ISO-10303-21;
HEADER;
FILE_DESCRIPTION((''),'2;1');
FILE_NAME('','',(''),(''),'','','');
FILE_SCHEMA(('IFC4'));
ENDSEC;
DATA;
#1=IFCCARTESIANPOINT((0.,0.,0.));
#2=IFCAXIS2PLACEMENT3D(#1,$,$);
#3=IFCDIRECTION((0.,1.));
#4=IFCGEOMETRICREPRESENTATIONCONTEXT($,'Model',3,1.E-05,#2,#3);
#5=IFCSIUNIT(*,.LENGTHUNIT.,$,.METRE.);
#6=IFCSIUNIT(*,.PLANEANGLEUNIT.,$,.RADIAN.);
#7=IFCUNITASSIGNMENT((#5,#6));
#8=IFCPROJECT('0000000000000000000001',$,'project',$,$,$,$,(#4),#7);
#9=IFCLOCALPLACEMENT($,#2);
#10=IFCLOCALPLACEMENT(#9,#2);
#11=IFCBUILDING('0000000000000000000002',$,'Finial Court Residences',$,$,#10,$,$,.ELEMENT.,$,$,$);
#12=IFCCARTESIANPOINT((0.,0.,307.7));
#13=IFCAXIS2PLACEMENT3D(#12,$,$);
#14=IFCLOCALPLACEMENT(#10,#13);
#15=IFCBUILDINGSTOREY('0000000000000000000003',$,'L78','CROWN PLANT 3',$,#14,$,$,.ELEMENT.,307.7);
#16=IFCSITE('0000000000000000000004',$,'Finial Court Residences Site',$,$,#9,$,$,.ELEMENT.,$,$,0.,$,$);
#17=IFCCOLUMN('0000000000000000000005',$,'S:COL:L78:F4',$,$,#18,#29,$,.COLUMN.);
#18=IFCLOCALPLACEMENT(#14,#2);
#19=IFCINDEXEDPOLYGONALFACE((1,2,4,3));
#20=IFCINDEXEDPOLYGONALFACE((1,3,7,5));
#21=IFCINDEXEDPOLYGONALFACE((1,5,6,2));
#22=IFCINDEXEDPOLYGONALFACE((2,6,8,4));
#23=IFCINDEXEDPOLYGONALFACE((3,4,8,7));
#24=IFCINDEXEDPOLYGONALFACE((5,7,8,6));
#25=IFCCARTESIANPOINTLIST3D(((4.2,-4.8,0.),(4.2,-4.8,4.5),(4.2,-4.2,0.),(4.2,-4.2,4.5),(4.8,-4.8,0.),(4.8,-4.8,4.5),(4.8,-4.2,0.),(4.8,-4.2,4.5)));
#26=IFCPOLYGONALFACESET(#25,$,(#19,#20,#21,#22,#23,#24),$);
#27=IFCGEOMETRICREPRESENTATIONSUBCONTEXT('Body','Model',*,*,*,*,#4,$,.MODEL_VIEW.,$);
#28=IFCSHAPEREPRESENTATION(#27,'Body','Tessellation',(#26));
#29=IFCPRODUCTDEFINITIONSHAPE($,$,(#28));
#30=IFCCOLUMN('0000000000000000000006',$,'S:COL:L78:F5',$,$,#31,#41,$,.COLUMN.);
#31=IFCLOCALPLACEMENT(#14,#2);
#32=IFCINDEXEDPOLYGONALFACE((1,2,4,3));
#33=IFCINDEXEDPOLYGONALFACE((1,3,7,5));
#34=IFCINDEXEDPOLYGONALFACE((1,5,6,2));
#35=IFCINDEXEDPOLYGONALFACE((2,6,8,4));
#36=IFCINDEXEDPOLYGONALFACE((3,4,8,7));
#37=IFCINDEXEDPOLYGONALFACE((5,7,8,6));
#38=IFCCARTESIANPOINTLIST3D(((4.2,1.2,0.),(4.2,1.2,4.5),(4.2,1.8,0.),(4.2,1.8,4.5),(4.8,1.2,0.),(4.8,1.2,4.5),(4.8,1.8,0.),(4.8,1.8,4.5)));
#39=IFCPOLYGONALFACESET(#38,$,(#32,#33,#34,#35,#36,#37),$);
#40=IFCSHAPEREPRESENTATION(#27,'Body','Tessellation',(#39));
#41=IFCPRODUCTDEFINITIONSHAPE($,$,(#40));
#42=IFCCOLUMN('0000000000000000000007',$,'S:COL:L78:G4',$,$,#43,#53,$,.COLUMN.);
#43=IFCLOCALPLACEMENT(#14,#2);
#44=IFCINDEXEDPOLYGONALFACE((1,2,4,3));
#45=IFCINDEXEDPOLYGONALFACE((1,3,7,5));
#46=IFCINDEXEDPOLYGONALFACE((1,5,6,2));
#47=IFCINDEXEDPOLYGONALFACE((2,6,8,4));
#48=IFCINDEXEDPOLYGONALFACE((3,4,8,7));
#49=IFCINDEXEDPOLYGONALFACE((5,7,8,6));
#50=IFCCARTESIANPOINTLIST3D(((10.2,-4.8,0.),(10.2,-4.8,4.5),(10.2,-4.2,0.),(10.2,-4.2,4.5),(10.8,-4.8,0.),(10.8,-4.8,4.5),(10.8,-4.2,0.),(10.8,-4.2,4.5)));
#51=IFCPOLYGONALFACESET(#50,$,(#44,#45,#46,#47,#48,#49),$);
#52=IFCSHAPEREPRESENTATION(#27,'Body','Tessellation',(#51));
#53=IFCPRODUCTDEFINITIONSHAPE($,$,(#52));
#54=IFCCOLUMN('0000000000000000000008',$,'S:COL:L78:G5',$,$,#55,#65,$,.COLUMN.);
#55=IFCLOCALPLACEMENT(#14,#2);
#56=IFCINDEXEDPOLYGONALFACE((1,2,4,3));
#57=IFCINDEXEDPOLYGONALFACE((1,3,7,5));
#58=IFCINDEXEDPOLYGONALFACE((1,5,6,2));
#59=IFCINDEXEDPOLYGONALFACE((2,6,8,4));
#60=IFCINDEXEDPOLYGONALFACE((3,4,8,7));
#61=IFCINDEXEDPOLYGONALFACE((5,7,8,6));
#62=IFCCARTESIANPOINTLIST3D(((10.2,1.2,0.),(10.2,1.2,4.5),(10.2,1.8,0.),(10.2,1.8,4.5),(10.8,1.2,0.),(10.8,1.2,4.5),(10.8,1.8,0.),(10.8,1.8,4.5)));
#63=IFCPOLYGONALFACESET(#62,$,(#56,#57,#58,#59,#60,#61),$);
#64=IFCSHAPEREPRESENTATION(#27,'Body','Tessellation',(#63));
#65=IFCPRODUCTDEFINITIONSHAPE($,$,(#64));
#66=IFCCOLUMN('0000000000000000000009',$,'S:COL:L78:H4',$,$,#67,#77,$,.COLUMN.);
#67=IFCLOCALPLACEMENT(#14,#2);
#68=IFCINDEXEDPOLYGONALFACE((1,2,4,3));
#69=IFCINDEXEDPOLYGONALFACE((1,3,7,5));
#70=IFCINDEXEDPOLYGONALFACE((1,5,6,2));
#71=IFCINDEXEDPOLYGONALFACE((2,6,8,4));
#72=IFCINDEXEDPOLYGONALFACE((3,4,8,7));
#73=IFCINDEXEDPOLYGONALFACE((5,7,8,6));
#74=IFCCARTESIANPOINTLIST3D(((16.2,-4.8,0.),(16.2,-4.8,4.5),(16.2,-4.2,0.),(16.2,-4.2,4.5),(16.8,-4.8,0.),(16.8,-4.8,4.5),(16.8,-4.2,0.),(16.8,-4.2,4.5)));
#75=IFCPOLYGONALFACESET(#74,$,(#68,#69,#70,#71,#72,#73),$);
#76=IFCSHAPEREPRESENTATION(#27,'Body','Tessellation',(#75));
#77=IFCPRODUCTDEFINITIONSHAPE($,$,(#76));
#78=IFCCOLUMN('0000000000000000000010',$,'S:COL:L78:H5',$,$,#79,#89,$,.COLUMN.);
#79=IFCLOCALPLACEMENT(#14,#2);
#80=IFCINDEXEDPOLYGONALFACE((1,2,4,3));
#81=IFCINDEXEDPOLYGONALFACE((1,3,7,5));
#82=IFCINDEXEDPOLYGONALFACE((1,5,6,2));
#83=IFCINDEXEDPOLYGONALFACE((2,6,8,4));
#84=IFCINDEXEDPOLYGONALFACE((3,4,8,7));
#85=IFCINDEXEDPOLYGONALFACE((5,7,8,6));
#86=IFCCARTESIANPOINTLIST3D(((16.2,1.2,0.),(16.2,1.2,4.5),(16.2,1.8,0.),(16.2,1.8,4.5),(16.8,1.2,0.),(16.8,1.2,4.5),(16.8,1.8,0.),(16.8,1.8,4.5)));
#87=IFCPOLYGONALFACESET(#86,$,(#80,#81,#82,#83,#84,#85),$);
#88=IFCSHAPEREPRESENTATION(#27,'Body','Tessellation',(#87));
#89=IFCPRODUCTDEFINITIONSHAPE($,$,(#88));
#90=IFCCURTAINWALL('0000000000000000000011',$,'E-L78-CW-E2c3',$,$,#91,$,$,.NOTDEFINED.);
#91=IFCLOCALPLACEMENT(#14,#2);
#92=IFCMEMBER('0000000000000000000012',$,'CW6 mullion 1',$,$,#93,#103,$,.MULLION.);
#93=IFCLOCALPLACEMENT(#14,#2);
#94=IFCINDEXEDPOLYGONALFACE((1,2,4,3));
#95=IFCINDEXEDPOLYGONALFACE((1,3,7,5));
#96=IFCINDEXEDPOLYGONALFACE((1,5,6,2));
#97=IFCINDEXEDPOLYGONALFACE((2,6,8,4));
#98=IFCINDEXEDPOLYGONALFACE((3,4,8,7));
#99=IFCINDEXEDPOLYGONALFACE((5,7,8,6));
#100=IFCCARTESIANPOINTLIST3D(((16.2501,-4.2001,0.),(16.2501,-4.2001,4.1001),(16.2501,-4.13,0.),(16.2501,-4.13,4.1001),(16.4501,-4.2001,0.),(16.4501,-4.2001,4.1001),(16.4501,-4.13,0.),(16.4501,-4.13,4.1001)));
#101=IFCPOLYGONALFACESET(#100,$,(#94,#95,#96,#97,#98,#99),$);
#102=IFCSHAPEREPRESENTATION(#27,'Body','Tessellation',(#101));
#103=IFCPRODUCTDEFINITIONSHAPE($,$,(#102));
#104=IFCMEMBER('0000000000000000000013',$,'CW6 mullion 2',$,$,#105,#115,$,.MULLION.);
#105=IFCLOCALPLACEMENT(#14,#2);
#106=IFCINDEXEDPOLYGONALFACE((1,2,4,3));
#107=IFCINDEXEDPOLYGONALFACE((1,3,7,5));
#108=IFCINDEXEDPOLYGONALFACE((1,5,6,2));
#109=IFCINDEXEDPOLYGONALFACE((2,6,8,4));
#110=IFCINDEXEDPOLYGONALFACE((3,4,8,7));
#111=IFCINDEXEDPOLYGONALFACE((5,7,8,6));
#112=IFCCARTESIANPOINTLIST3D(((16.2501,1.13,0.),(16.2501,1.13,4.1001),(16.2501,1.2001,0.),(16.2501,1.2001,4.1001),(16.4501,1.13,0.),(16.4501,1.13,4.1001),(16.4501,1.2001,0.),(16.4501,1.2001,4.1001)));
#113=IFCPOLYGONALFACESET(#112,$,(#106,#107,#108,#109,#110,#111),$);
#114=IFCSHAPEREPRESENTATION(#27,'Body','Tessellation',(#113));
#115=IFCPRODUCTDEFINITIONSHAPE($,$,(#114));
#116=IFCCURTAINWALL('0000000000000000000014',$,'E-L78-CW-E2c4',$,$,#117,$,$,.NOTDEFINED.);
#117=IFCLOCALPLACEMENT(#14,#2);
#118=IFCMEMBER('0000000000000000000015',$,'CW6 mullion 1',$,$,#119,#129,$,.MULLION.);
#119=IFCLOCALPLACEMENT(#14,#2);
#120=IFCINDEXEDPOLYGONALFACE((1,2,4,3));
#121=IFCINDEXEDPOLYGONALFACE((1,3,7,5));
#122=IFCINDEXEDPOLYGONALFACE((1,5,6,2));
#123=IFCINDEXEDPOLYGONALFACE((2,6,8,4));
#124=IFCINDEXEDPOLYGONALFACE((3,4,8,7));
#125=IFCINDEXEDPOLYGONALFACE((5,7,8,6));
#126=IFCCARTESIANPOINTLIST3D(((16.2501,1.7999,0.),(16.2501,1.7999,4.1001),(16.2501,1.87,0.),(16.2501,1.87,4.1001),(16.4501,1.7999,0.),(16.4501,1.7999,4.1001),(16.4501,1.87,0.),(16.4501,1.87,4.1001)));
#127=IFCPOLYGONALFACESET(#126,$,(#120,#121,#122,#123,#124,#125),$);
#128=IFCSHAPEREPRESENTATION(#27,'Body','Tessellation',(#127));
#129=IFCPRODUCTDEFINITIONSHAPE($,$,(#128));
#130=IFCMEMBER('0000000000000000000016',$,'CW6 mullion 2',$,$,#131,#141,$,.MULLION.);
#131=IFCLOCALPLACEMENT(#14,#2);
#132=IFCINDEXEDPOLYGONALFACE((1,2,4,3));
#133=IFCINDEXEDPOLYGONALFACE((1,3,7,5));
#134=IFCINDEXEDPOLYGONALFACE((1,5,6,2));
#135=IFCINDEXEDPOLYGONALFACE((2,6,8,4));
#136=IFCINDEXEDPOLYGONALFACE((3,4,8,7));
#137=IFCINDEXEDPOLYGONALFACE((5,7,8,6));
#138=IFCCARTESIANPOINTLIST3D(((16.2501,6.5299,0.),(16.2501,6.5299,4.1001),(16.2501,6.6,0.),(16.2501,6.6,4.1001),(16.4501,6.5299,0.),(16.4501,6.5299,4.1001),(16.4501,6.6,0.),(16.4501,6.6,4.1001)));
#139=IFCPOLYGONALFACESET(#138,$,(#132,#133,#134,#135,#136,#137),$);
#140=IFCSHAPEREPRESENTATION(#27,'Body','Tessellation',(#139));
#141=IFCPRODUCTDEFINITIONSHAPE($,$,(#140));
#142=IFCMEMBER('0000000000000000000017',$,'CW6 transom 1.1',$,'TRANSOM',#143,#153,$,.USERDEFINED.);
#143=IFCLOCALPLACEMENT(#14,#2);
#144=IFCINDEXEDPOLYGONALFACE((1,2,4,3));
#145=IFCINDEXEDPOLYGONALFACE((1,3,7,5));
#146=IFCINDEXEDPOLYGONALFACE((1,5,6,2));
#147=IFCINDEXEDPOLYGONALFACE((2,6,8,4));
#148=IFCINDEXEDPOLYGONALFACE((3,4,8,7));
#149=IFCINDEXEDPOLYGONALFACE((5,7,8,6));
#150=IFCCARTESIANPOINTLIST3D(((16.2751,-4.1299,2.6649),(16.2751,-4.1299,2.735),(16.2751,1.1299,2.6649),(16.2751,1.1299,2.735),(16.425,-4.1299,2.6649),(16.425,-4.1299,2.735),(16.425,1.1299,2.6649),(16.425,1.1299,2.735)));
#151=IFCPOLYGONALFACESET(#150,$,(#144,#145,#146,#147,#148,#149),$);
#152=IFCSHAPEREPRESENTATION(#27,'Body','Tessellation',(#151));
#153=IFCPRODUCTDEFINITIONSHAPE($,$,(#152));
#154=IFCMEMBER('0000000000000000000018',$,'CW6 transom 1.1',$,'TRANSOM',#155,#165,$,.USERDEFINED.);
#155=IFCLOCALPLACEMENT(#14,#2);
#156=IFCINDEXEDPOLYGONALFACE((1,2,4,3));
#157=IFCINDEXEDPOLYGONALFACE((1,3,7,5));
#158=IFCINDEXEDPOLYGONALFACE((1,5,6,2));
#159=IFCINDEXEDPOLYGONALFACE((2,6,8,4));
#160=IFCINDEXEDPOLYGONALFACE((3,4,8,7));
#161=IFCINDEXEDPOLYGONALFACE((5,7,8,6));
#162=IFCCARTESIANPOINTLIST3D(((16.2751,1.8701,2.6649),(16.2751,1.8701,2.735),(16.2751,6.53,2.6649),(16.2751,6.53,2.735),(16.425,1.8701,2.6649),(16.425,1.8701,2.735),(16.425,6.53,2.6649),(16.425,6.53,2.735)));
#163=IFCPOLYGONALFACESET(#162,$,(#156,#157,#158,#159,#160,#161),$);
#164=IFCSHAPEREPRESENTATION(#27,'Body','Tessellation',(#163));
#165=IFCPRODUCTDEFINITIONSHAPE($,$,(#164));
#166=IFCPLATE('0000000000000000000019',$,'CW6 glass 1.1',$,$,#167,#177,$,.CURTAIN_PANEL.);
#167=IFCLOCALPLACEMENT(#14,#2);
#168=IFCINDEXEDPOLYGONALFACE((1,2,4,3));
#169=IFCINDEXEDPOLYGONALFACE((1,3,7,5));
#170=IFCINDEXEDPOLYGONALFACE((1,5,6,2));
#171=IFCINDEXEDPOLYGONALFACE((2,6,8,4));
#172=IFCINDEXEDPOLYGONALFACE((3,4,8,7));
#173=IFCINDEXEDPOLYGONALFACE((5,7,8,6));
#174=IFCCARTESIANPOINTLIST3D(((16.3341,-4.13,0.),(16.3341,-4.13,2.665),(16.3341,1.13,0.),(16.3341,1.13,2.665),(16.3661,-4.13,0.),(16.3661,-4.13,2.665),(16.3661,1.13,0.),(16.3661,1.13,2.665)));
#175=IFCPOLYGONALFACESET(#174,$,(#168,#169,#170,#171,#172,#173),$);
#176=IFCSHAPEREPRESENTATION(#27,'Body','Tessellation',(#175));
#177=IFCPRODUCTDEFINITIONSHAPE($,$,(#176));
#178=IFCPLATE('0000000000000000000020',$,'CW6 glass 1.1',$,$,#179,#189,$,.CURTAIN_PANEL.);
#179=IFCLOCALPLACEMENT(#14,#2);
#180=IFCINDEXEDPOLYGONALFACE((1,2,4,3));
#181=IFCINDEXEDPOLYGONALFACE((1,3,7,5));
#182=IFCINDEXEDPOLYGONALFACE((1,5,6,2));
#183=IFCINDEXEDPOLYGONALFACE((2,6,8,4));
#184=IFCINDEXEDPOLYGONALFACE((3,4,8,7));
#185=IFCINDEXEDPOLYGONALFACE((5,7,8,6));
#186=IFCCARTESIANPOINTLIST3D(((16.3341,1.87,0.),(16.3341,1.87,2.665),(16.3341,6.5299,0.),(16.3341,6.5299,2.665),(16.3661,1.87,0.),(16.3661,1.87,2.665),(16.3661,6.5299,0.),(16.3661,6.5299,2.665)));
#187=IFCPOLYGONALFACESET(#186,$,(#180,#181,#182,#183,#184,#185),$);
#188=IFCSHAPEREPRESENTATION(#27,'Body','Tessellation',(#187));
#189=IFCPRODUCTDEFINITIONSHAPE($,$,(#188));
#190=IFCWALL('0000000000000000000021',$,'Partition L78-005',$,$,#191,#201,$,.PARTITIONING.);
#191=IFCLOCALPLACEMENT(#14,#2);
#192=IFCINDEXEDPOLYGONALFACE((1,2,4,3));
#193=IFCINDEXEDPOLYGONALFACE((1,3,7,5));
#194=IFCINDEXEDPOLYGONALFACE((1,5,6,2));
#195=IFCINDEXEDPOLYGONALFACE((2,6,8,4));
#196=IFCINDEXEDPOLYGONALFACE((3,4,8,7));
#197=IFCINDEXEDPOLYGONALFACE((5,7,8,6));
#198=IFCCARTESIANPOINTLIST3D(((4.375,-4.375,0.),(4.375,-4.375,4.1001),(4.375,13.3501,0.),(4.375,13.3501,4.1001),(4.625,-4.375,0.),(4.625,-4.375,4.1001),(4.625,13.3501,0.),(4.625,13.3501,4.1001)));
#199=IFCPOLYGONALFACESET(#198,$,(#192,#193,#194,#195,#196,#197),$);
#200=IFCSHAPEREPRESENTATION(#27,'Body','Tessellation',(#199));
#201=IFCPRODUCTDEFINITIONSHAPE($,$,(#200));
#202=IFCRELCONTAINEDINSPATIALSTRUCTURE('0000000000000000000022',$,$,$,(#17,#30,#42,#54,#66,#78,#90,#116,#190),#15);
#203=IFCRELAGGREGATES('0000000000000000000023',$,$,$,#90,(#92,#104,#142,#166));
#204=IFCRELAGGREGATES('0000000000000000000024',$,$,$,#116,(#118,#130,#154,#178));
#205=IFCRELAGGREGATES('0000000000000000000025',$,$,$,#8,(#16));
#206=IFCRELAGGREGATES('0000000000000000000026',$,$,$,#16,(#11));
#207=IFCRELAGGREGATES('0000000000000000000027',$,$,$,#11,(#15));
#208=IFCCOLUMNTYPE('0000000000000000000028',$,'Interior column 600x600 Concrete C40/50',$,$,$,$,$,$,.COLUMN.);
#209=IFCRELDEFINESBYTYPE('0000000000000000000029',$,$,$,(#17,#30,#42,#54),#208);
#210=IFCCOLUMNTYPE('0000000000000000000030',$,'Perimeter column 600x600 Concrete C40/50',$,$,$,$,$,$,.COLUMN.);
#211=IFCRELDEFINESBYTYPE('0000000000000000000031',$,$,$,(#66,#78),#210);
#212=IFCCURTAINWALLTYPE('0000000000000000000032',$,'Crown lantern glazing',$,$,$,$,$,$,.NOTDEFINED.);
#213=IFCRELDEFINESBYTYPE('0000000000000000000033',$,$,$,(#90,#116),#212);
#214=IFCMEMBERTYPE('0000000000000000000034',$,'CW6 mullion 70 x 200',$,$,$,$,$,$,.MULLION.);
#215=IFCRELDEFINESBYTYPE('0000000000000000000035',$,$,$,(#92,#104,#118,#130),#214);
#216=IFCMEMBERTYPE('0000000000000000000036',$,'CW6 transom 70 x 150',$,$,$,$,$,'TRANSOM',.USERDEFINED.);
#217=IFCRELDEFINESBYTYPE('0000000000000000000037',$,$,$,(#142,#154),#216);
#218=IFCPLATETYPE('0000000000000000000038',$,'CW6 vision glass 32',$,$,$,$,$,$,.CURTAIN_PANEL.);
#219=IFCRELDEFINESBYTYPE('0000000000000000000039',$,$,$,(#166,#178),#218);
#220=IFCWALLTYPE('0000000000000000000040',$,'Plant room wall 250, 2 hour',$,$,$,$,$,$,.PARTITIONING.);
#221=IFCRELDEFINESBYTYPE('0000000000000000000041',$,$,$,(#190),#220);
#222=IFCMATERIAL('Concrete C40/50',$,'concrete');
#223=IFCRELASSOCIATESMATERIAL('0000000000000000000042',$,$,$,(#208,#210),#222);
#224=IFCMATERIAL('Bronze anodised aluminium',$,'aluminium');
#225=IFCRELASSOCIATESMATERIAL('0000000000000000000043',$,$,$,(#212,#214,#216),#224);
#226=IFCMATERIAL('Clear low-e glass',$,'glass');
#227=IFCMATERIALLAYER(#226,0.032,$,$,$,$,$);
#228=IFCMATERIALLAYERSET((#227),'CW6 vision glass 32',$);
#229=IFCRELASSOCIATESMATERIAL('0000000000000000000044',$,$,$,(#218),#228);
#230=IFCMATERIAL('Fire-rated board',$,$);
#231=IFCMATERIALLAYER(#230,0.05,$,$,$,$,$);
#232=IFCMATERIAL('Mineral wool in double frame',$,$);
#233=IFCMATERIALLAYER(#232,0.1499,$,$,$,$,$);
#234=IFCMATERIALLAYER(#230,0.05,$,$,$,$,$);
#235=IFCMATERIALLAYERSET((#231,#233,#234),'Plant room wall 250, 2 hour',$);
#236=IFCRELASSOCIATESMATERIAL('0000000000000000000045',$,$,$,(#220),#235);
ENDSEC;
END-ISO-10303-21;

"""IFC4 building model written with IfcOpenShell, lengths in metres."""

from ifc_helpers import new_model, si_unit, direction, frame, frame_2d, origin, origin_2d, place, context, subcontext, project, spatial, rectangle, extrude, material, layer, layer_set, material_profile, profile_set, type_object, element, aggregate, save


model = new_model("IFC4")

# Units and contexts
model_context = context("Model", 3, precision=1e-05, world=origin(), true_north=direction((0.0, 1.0)))
body_context = subcontext(model_context, "Body", "Model", "MODEL_VIEW")
ifc_project = project(units=[si_unit("LENGTHUNIT", "METRE"), si_unit("PLANEANGLEUNIT", "RADIAN")], contexts=[model_context])

# Site, building, storey
site_placement = place(None, origin())
site = spatial("IfcSite", under=ifc_project, at=site_placement, Name="Finial Court Residences Site", CompositionType="ELEMENT", RefElevation=0.0)
building_placement = place(site_placement, origin())
building = spatial("IfcBuilding", under=site, at=building_placement, Name="Finial Court Residences", CompositionType="ELEMENT")
storey_placement = place(building_placement, frame((0.0, 0.0, 307.7)))
storey = spatial("IfcBuildingStorey", under=building, at=storey_placement, Name="L78", Description="CROWN PLANT 3", CompositionType="ELEMENT", Elevation=307.7)

# Columns
ifc_material_1 = material(Name="Concrete C40/50", Category="concrete")
ifc_material_profile_1 = material_profile(ifc_material_1, rectangle(XDim=0.6001, YDim=0.6001, at=origin_2d()), Name="600x600")
ifc_profile_set_1 = profile_set([ifc_material_profile_1], Name="Concrete C40/50")
column_type_1 = type_object("IfcColumnType", Name="Interior column 600x600 Concrete C40/50", PredefinedType="COLUMN", material=ifc_profile_set_1)
for number, where, z_axis, x_axis, name in (
    (1, (4.5, -4.5, 0.0), (0.0, 0.0, 1.0), (1.0, 0.0, 0.0), "S:COL:L78:F4"),
    (2, (4.5, 1.5, 0.0), (0.0, 0.0, 1.0), (1.0, 0.0, 0.0), "S:COL:L78:F5"),
    (3, (10.5, -4.5, 0.0), (0.0, 0.0, 1.0), (1.0, 0.0, 0.0), "S:COL:L78:G4"),
    (4, (10.5, 1.5, 0.0), (0.0, 0.0, 1.0), (1.0, 0.0, 0.0), "S:COL:L78:G5"),
):
    element("IfcColumn", number, at=place(storey_placement, frame(where, z_axis=z_axis, x_axis=x_axis)), inside=storey, type_object=column_type_1, Name=name, PredefinedType="COLUMN", context=body_context, shape_type="SweptSolid", body=[
        extrude(rectangle(XDim=0.6001, YDim=0.6001, at=origin_2d()), origin(), (0.0, 0.0, 1.0), 4.5),
    ])
ifc_material_profile_2 = material_profile(ifc_material_1, rectangle(XDim=0.6001, YDim=0.6001, at=origin_2d()), Name="600x600")
ifc_profile_set_2 = profile_set([ifc_material_profile_2], Name="Concrete C40/50")
column_type_2 = type_object("IfcColumnType", Name="Perimeter column 600x600 Concrete C40/50", PredefinedType="COLUMN", material=ifc_profile_set_2)
for number, where, z_axis, x_axis, name in (
    (5, (16.5, -4.5, 0.0), (0.0, 0.0, 1.0), (1.0, 0.0, 0.0), "S:COL:L78:H4"),
    (6, (16.5, 1.5, 0.0), (0.0, 0.0, 1.0), (1.0, 0.0, 0.0), "S:COL:L78:H5"),
):
    element("IfcColumn", number, at=place(storey_placement, frame(where, z_axis=z_axis, x_axis=x_axis)), inside=storey, type_object=column_type_2, Name=name, PredefinedType="COLUMN", context=body_context, shape_type="SweptSolid", body=[
        extrude(rectangle(XDim=0.6001, YDim=0.6001, at=origin_2d()), origin(), (0.0, 0.0, 1.0), 4.5),
    ])

# Curtain walls, members
ifc_material_2 = material(Name="Bronze anodised aluminium", Category="aluminium")
curtain_wall_type = type_object("IfcCurtainWallType", Name="Crown lantern glazing", PredefinedType="NOTDEFINED", material=ifc_material_2)
curtain_wall_1_placement = place(storey_placement, origin())
curtain_wall_1 = element("IfcCurtainWall", 7, at=curtain_wall_1_placement, inside=storey, type_object=curtain_wall_type, Name="E-L78-CW-E2c3", PredefinedType="NOTDEFINED")
ifc_material_profile_3 = material_profile(ifc_material_2, rectangle(XDim=0.2, YDim=0.0701, at=origin_2d()), Name="CW6 mullion 70 x 200")
ifc_profile_set_3 = profile_set([ifc_material_profile_3], Name="Bronze anodised aluminium")
member_type_1 = type_object("IfcMemberType", Name="CW6 mullion 70 x 200", PredefinedType="MULLION", material=ifc_profile_set_3)
member_1_placement = place(storey_placement, frame((16.3501, -4.165, 0.0), z_axis=(0.0, 0.0, 1.0), x_axis=(-1.0, 0.0, 0.0)))
member_1 = element("IfcMember", 8, at=member_1_placement, type_object=member_type_1, Name="CW6 mullion 1", PredefinedType="MULLION", context=body_context, shape_type="SweptSolid", body=[
    extrude(rectangle(XDim=0.2, YDim=0.0701, at=origin_2d()), origin(), (0.0, 0.0, 1.0), 4.1001),
])
member_2_placement = place(storey_placement, frame((16.3501, 1.165, 0.0), z_axis=(0.0, 0.0, 1.0), x_axis=(-1.0, 0.0, 0.0)))
member_2 = element("IfcMember", 9, at=member_2_placement, type_object=member_type_1, Name="CW6 mullion 2", PredefinedType="MULLION", context=body_context, shape_type="SweptSolid", body=[
    extrude(rectangle(XDim=0.2, YDim=0.0701, at=origin_2d()), origin(), (0.0, 0.0, 1.0), 4.1001),
])
curtain_wall_2_placement = place(storey_placement, origin())
curtain_wall_2 = element("IfcCurtainWall", 10, at=curtain_wall_2_placement, inside=storey, type_object=curtain_wall_type, Name="E-L78-CW-E2c4", PredefinedType="NOTDEFINED")
member_3_placement = place(storey_placement, frame((16.3501, 1.835, 0.0), z_axis=(0.0, 0.0, 1.0), x_axis=(-1.0, 0.0, 0.0)))
member_3 = element("IfcMember", 11, at=member_3_placement, type_object=member_type_1, Name="CW6 mullion 1", PredefinedType="MULLION", context=body_context, shape_type="SweptSolid", body=[
    extrude(rectangle(XDim=0.2, YDim=0.0701, at=origin_2d()), origin(), (0.0, 0.0, 1.0), 4.1001),
])
member_4_placement = place(storey_placement, frame((16.3501, 6.5649, 0.0), z_axis=(0.0, 0.0, 1.0), x_axis=(-1.0, 0.0, 0.0)))
member_4 = element("IfcMember", 12, at=member_4_placement, type_object=member_type_1, Name="CW6 mullion 2", PredefinedType="MULLION", context=body_context, shape_type="SweptSolid", body=[
    extrude(rectangle(XDim=0.2, YDim=0.0701, at=origin_2d()), origin(), (0.0, 0.0, 1.0), 4.1001),
])

# Members
ifc_material_profile_4 = material_profile(ifc_material_2, rectangle(XDim=0.1499, YDim=0.0701, at=origin_2d()), Name="CW6 transom 70 x 150")
ifc_profile_set_4 = profile_set([ifc_material_profile_4], Name="Bronze anodised aluminium")
member_type_2 = type_object("IfcMemberType", Name="CW6 transom 70 x 150", ElementType="TRANSOM", PredefinedType="USERDEFINED", material=ifc_profile_set_4)
member_5_placement = place(storey_placement, frame((16.3501, -4.1299, 2.7), z_axis=(0.0, 1.0, 0.0), x_axis=(-1.0, 0.0, 0.0)))
member_5 = element("IfcMember", 13, at=member_5_placement, type_object=member_type_2, Name="CW6 transom 1.1", ObjectType="TRANSOM", PredefinedType="USERDEFINED", context=body_context, shape_type="SweptSolid", body=[
    extrude(rectangle(XDim=0.1499, YDim=0.0701, at=origin_2d()), origin(), (0.0, 0.0, 1.0), 5.2598),
])
member_6_placement = place(storey_placement, frame((16.3501, 1.8701, 2.7), z_axis=(0.0, 1.0, 0.0), x_axis=(-1.0, 0.0, 0.0)))
member_6 = element("IfcMember", 14, at=member_6_placement, type_object=member_type_2, Name="CW6 transom 1.1", ObjectType="TRANSOM", PredefinedType="USERDEFINED", context=body_context, shape_type="SweptSolid", body=[
    extrude(rectangle(XDim=0.1499, YDim=0.0701, at=origin_2d()), origin(), (0.0, 0.0, 1.0), 4.6599),
])

# Plates
ifc_material_3 = material(Name="Clear low-e glass", Category="glass")
ifc_layer_1 = layer(ifc_material_3, 0.032)
ifc_layer_set_1 = layer_set([ifc_layer_1], Name="CW6 vision glass 32")
plate_type = type_object("IfcPlateType", Name="CW6 vision glass 32", PredefinedType="CURTAIN_PANEL", material=ifc_layer_set_1)
plate_1_placement = place(storey_placement, frame((16.3501, -1.5, 0.0), z_axis=(0.0, 0.0, 1.0), x_axis=(0.0, 1.0, 0.0)))
plate_1 = element("IfcPlate", 15, at=plate_1_placement, type_object=plate_type, Name="CW6 glass 1.1", PredefinedType="CURTAIN_PANEL", context=body_context, shape_type="SweptSolid", body=[
    extrude(rectangle(XDim=5.26, YDim=0.032, at=origin_2d()), origin(), (0.0, 0.0, 1.0), 2.665),
])
plate_2_placement = place(storey_placement, frame((16.3501, 4.2, 0.0), z_axis=(0.0, 0.0, 1.0), x_axis=(0.0, 1.0, 0.0)))
plate_2 = element("IfcPlate", 16, at=plate_2_placement, type_object=plate_type, Name="CW6 glass 1.1", PredefinedType="CURTAIN_PANEL", context=body_context, shape_type="SweptSolid", body=[
    extrude(rectangle(XDim=4.6599, YDim=0.032, at=origin_2d()), origin(), (0.0, 0.0, 1.0), 2.665),
])

# Wall
ifc_material_4 = material(Name="Fire-rated board")
ifc_layer_2 = layer(ifc_material_4, 0.05)
ifc_material_5 = material(Name="Mineral wool in double frame")
ifc_layer_3 = layer(ifc_material_5, 0.1499)
ifc_layer_4 = layer(ifc_material_4, 0.05)
ifc_layer_set_2 = layer_set([ifc_layer_2, ifc_layer_3, ifc_layer_4], Name="Plant room wall 250, 2 hour")
wall_type = type_object("IfcWallType", Name="Plant room wall 250, 2 hour", PredefinedType="PARTITIONING", material=ifc_layer_set_2)
for number, where, z_axis, x_axis, name in (
    (17, (4.5, -4.375, 0.0), (0.0, 0.0, 1.0), (0.0, 1.0, 0.0), "Partition L78-005"),
):
    element("IfcWall", number, at=place(storey_placement, frame(where, z_axis=z_axis, x_axis=x_axis)), inside=storey, type_object=wall_type, Name=name, PredefinedType="PARTITIONING", context=body_context, shape_type="SweptSolid", body=[
        extrude(rectangle(XDim=17.7251, YDim=0.25, at=frame_2d((8.8625, 0.0))), origin(), (0.0, 0.0, 1.0), 4.1001),
    ])

aggregate(curtain_wall_1, [member_1, member_2, member_5, plate_1])
aggregate(curtain_wall_2, [member_3, member_4, member_6, plate_2])

save(model, "model.ifc")
